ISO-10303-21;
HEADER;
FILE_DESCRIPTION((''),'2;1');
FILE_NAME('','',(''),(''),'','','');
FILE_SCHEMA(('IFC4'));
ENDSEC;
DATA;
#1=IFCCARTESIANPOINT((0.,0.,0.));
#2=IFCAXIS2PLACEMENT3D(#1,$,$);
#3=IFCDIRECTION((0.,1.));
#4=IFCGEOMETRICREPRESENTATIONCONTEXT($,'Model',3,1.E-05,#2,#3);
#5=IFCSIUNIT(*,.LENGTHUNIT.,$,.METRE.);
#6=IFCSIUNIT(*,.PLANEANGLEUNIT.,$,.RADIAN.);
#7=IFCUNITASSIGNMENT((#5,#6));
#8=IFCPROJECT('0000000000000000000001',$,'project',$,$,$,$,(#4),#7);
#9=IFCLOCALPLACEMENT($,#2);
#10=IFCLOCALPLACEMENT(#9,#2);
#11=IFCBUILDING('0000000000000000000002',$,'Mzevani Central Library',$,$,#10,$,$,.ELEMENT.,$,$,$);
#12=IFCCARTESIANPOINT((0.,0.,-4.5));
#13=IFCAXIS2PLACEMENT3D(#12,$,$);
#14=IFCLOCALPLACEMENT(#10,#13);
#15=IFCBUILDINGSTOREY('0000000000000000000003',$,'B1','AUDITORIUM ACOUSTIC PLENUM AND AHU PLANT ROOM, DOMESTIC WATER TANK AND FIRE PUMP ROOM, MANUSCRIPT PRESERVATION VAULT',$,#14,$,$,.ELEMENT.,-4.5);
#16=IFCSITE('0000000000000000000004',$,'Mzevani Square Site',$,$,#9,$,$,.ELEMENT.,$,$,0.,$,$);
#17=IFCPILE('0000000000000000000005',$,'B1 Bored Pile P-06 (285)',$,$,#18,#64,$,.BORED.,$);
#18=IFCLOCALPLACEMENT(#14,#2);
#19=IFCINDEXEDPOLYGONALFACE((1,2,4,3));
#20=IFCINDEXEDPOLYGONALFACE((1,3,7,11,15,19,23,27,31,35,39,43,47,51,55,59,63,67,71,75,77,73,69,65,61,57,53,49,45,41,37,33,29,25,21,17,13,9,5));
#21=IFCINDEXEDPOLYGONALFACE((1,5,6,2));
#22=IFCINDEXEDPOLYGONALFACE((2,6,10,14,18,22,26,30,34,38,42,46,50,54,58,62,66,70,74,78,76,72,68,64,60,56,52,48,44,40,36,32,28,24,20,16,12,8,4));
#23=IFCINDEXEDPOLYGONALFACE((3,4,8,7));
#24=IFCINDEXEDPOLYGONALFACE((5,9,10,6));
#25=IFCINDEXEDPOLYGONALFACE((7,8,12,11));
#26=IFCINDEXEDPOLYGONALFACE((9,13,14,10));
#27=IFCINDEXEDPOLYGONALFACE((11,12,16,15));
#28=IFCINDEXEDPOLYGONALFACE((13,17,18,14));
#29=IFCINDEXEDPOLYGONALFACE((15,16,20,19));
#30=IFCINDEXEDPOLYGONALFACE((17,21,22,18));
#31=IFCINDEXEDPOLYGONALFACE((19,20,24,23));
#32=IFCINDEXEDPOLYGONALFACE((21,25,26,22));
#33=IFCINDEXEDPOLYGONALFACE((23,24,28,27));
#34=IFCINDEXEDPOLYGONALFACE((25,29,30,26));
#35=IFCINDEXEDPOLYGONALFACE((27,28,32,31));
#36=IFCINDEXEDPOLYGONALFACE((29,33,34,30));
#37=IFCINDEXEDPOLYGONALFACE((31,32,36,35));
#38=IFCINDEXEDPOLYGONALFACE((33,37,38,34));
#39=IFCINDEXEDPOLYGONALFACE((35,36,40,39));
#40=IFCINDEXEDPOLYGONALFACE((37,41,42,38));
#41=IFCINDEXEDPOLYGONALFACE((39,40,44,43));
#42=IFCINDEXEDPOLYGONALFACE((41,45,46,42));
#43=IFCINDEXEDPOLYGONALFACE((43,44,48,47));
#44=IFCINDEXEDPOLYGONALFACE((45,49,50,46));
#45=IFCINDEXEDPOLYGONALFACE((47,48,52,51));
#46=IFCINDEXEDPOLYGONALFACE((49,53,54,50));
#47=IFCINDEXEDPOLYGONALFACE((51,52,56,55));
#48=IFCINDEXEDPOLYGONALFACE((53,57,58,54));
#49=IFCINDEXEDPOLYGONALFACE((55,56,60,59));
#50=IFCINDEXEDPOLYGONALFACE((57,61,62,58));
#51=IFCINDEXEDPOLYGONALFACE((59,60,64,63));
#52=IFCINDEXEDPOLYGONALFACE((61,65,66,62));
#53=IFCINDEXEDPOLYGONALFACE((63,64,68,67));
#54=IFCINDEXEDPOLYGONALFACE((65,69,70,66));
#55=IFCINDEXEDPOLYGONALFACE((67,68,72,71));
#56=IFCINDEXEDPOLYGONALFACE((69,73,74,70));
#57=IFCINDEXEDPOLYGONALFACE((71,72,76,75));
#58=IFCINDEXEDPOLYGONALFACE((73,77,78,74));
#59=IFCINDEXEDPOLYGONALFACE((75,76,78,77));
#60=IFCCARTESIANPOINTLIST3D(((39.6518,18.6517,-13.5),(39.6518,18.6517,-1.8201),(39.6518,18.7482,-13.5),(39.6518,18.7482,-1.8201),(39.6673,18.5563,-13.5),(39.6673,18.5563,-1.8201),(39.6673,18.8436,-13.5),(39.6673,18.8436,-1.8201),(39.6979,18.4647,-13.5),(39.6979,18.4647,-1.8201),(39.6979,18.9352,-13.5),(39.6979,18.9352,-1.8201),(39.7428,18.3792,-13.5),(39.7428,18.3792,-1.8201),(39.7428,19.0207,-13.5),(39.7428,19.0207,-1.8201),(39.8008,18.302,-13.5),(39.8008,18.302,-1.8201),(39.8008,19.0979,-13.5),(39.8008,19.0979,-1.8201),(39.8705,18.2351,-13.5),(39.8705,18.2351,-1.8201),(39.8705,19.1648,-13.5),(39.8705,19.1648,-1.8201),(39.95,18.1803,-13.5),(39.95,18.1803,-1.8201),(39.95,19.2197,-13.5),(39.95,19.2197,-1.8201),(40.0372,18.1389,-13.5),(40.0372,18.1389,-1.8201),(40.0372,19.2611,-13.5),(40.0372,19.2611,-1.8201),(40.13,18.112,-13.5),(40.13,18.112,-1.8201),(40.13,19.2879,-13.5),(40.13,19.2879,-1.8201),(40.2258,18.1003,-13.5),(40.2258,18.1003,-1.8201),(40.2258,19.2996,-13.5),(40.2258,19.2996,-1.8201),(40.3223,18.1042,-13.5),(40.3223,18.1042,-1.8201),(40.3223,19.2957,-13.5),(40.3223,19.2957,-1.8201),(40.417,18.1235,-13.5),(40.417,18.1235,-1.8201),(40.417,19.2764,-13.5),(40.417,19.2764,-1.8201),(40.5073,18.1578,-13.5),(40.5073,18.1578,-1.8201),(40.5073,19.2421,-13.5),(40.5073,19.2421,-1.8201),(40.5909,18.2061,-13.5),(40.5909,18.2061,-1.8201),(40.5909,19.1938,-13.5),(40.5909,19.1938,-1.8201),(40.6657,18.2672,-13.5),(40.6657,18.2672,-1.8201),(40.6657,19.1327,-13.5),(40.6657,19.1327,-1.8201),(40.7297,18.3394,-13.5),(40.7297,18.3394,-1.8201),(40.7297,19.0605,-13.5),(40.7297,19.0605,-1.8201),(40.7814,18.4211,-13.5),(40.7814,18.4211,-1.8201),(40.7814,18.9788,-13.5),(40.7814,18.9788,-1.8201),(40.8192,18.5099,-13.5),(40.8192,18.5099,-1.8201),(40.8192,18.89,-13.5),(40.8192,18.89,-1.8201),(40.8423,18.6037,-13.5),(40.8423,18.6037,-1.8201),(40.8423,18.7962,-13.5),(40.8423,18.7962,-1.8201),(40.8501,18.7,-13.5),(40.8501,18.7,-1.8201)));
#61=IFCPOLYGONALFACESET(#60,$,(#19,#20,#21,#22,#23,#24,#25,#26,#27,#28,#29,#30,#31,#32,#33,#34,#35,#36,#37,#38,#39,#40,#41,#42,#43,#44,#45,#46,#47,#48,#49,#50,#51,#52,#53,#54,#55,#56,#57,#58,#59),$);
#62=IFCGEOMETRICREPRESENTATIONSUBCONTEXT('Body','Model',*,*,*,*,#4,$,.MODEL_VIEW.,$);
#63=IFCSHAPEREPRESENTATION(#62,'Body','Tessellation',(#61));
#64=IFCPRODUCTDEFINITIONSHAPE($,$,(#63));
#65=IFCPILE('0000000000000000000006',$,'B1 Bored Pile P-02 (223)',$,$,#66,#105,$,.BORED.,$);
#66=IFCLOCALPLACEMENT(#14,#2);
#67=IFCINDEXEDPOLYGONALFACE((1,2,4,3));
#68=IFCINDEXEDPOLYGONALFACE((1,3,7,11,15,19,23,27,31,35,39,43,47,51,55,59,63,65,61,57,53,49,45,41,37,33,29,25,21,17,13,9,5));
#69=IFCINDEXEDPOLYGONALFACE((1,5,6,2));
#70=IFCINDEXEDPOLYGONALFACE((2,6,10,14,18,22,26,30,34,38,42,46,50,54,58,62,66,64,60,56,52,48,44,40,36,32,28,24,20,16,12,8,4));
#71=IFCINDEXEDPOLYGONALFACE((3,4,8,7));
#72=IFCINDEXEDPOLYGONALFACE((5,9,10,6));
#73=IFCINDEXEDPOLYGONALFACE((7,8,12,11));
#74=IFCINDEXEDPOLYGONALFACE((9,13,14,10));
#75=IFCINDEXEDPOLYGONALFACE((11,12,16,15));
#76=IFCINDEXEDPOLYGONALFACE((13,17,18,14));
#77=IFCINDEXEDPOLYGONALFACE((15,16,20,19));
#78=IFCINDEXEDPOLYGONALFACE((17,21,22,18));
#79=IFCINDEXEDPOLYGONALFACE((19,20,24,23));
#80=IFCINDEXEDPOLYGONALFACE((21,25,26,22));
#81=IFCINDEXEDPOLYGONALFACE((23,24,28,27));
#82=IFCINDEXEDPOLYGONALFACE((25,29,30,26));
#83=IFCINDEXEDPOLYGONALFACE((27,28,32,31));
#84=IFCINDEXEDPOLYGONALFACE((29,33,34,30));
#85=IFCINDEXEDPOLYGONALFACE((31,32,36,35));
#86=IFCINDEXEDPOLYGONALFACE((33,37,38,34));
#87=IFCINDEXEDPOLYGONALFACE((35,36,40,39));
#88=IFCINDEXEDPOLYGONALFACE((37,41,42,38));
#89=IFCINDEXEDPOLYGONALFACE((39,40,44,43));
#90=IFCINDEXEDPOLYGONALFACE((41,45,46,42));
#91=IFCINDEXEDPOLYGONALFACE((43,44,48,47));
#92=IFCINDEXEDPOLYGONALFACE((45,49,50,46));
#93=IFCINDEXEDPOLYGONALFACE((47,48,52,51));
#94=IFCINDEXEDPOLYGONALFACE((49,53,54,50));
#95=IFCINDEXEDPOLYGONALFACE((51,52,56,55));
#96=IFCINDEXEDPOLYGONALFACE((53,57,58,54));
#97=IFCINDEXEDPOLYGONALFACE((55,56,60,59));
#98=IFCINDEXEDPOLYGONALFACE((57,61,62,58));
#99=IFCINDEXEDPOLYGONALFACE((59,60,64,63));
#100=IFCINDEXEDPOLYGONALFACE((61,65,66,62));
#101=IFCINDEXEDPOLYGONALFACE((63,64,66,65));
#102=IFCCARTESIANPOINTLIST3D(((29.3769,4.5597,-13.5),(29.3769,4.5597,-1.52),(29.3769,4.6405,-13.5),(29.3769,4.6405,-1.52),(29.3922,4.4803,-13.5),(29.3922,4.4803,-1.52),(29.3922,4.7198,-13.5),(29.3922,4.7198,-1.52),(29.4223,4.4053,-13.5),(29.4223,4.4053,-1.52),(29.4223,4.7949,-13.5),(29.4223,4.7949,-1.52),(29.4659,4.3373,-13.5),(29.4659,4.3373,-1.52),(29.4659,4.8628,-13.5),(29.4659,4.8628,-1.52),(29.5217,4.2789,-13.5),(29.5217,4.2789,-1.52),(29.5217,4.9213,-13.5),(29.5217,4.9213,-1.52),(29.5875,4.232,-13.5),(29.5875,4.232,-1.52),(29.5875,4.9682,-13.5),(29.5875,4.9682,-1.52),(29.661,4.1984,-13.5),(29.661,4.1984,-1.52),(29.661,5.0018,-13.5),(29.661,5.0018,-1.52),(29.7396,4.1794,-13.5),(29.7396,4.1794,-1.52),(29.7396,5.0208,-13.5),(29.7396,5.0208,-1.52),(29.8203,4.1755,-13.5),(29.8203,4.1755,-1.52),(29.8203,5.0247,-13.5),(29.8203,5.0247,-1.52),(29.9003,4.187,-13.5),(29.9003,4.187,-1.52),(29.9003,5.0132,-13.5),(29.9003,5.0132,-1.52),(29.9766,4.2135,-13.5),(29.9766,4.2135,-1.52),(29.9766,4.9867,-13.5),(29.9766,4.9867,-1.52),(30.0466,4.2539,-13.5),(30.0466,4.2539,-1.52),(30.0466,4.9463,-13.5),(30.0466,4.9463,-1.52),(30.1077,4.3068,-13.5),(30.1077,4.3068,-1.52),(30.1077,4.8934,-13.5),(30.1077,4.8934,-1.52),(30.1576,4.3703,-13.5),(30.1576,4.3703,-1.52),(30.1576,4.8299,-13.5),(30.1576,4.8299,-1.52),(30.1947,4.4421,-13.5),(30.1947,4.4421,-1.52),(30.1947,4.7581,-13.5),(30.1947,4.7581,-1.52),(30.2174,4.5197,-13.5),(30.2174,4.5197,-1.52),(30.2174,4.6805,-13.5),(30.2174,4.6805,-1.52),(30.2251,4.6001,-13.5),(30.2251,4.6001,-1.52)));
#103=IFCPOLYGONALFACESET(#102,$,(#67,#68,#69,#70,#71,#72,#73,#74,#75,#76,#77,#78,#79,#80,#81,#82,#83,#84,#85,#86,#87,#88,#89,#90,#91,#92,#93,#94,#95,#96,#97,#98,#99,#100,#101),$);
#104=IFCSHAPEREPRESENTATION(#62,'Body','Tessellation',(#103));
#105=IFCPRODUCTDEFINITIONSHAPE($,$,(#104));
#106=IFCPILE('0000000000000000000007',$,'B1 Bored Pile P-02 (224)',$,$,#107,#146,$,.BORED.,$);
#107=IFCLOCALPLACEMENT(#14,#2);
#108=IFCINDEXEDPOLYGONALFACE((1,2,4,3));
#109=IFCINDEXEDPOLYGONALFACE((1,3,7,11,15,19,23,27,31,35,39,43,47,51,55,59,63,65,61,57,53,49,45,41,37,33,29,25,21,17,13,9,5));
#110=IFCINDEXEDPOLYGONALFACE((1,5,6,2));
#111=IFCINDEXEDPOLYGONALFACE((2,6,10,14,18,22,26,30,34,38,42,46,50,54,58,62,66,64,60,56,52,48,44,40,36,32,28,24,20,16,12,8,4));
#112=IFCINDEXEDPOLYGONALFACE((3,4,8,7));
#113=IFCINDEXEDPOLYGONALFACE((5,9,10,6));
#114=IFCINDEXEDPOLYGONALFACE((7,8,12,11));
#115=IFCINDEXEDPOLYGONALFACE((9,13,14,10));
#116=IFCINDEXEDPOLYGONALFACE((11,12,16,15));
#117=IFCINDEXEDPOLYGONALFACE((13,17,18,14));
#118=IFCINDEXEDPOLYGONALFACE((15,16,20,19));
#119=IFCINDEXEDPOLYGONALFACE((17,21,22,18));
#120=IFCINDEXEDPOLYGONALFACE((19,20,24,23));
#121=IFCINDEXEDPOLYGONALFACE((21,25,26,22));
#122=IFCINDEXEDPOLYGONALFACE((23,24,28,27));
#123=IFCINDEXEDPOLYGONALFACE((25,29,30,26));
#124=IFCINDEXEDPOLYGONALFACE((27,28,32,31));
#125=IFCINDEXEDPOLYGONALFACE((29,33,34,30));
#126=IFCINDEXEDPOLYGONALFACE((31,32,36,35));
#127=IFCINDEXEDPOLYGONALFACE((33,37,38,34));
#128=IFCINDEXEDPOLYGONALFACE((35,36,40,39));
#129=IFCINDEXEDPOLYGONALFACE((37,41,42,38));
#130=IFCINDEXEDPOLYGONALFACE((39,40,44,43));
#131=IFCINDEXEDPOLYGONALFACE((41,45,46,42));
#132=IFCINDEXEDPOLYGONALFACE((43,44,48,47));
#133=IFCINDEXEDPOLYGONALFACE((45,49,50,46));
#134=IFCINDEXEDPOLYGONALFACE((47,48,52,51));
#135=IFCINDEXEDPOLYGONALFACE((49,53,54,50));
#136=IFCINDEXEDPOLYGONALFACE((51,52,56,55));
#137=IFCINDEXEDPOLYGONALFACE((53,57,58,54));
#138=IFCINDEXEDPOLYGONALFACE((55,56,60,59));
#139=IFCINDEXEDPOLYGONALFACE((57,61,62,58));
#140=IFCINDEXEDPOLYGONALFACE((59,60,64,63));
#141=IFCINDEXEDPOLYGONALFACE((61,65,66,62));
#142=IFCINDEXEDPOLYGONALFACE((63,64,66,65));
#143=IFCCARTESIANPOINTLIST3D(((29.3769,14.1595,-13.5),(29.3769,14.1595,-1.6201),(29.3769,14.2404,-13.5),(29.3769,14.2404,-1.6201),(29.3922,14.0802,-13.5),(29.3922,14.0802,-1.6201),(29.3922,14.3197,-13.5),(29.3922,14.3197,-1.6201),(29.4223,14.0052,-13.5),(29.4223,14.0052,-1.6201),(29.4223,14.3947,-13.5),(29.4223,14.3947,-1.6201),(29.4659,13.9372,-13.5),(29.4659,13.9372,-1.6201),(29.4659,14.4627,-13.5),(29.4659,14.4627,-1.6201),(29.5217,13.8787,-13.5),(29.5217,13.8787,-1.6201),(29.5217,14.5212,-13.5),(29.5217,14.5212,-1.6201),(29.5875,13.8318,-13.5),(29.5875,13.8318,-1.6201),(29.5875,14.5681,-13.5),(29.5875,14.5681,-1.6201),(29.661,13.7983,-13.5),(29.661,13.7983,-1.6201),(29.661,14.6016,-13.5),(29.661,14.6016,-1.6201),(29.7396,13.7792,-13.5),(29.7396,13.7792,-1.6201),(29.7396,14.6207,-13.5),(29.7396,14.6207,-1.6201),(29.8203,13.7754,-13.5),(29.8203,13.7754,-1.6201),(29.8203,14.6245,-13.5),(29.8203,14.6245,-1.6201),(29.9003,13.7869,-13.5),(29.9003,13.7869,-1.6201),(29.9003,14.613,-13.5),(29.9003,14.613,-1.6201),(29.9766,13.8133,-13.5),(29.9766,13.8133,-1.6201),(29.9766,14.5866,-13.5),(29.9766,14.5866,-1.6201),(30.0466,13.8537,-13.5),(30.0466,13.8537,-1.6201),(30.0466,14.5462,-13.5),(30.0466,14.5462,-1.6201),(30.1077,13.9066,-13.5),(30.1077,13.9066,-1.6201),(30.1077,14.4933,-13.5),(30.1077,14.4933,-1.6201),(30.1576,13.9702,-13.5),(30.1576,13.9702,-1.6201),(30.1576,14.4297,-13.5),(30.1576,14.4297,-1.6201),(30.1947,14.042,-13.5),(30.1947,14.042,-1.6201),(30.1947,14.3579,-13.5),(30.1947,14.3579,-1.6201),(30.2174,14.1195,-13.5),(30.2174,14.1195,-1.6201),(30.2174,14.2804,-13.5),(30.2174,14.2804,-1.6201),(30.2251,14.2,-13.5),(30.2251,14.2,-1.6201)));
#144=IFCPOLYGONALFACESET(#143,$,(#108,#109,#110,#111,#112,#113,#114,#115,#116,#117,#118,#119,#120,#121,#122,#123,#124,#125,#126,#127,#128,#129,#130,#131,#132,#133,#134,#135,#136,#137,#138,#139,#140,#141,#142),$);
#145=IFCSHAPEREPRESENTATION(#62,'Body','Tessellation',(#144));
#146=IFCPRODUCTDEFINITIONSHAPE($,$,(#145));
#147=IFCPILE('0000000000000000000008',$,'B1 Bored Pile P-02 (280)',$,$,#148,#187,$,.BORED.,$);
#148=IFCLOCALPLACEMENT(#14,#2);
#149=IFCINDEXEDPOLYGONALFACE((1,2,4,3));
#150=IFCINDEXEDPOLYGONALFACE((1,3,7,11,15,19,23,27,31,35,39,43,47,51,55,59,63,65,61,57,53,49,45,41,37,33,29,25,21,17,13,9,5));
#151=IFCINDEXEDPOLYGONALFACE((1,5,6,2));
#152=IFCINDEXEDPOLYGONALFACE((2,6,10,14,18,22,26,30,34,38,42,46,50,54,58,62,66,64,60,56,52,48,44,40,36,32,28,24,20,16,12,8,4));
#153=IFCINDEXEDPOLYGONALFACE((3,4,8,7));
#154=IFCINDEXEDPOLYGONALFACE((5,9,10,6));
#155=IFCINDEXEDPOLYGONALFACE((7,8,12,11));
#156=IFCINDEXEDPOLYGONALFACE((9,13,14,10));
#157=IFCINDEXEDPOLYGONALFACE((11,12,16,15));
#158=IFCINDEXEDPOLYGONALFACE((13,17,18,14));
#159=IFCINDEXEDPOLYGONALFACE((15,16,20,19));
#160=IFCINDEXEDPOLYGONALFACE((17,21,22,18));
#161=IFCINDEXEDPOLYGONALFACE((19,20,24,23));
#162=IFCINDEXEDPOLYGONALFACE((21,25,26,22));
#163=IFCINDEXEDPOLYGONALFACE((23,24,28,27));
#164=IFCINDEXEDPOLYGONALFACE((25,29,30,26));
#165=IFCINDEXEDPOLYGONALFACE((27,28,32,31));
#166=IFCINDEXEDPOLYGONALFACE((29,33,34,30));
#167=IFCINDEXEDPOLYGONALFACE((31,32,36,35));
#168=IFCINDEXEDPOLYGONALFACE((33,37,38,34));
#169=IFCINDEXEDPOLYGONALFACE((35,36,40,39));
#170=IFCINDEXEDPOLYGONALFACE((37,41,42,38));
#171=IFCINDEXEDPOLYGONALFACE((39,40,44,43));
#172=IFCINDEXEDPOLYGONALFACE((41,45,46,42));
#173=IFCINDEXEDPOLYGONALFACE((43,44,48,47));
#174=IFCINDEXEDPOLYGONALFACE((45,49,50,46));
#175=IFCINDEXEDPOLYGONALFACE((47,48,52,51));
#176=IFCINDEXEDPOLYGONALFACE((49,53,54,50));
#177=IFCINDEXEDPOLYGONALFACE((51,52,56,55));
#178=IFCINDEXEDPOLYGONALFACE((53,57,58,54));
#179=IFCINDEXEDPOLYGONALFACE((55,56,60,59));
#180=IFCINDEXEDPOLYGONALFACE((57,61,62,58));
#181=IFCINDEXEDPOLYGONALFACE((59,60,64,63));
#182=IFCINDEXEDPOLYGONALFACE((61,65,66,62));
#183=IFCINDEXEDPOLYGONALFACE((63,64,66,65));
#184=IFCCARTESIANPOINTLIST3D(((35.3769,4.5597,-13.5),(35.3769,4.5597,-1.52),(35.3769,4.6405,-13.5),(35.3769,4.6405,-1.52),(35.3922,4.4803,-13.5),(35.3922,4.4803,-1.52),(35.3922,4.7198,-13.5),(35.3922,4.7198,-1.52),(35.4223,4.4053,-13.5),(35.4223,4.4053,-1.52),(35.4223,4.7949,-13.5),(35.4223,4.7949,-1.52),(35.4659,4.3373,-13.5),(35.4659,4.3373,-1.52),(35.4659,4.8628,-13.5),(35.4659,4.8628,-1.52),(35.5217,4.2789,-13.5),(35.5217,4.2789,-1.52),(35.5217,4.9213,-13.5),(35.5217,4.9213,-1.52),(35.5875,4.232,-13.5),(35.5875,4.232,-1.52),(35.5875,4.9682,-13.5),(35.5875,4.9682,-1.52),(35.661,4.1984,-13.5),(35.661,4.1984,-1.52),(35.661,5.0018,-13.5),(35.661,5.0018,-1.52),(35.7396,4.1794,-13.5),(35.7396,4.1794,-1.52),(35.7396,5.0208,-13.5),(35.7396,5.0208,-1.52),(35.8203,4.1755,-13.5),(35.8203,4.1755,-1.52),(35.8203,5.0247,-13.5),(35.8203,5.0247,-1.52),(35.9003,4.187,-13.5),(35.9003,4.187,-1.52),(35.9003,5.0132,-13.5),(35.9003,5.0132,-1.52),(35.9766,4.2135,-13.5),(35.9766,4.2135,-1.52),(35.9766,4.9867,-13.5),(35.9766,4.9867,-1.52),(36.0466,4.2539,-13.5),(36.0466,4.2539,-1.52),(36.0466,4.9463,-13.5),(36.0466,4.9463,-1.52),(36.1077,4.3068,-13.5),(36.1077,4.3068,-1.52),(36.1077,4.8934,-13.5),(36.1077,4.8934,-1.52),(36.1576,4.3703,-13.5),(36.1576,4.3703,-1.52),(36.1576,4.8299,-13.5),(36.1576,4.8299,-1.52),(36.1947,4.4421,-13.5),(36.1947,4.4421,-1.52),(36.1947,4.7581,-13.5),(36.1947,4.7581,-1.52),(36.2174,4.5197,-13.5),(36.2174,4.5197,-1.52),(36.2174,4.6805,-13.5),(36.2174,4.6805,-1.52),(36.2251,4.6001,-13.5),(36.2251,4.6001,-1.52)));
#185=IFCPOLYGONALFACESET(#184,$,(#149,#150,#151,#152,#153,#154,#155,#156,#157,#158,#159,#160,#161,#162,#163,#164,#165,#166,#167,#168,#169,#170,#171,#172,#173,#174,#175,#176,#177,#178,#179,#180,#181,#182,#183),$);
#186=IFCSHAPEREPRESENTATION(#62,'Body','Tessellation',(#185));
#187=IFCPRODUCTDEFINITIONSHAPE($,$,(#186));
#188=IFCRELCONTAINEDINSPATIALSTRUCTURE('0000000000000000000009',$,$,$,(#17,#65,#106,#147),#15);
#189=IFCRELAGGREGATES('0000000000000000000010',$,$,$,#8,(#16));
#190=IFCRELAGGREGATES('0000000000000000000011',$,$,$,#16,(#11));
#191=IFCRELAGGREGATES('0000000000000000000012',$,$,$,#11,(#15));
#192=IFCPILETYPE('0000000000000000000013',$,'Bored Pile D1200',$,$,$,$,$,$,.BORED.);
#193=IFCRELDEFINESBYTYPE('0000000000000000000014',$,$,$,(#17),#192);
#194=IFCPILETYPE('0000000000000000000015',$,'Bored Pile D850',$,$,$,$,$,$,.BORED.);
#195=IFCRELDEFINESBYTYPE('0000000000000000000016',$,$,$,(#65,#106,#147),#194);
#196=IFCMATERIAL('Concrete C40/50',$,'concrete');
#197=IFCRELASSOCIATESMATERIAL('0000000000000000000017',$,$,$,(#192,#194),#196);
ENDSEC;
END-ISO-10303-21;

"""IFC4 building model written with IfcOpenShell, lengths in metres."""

from ifc_helpers import new_model, si_unit, direction, frame, origin, origin_2d, place, context, subcontext, project, spatial, circle, extrude, material, material_profile, profile_set, type_object, element, save


model = new_model("IFC4")

# Units and contexts
model_context = context("Model", 3, precision=1e-05, world=origin(), true_north=direction((0.0, 1.0)))
body_context = subcontext(model_context, "Body", "Model", "MODEL_VIEW")
ifc_project = project(units=[si_unit("LENGTHUNIT", "METRE"), si_unit("PLANEANGLEUNIT", "RADIAN")], contexts=[model_context])

# Site, building, storey
site_placement = place(None, origin())
site = spatial("IfcSite", under=ifc_project, at=site_placement, Name="Mzevani Square Site", CompositionType="ELEMENT", RefElevation=0.0)
building_placement = place(site_placement, origin())
building = spatial("IfcBuilding", under=site, at=building_placement, Name="Mzevani Central Library", CompositionType="ELEMENT")
storey_placement = place(building_placement, frame((0.0, 0.0, -4.5)))
storey = spatial("IfcBuildingStorey", under=building, at=storey_placement, Name="B1", Description="AUDITORIUM ACOUSTIC PLENUM AND AHU PLANT ROOM, DOMESTIC WATER TANK AND FIRE PUMP ROOM, MANUSCRIPT PRESERVATION VAULT", CompositionType="ELEMENT", Elevation=-4.5)

# Piles
ifc_material_1 = material(Name="Concrete C40/50", Category="concrete")
ifc_material_profile_1 = material_profile(ifc_material_1, circle(Radius=0.6001, at=origin_2d()), Name="PILE D1200")
ifc_profile_set_1 = profile_set([ifc_material_profile_1], Name="Concrete C40/50")
pile_type_1 = type_object("IfcPileType", Name="Bored Pile D1200", PredefinedType="BORED", material=ifc_profile_set_1)
for number, where, z_axis, x_axis, name in (
    (1, (40.25, 18.7, -1.8201), (0.0, 0.0, -1.0), (1.0, 0.0, 0.0), "B1 Bored Pile P-06 (285)"),
):
    element("IfcPile", number, at=place(storey_placement, frame(where, z_axis=z_axis, x_axis=x_axis)), inside=storey, type_object=pile_type_1, Name=name, PredefinedType="BORED", context=body_context, shape_type="SweptSolid", body=[
        extrude(circle(Radius=0.6001, at=origin_2d()), origin(), (0.0, 0.0, 1.0), 11.6799),
    ])
ifc_material_profile_2 = material_profile(ifc_material_1, circle(Radius=0.425, at=origin_2d()), Name="PILE D850")
ifc_profile_set_2 = profile_set([ifc_material_profile_2], Name="Concrete C40/50")
pile_type_2 = type_object("IfcPileType", Name="Bored Pile D850", PredefinedType="BORED", material=ifc_profile_set_2)
pile_1_placement = place(storey_placement, frame((29.8, 4.6001, -1.52), z_axis=(0.0, 0.0, -1.0), x_axis=(1.0, 0.0, 0.0)))
element("IfcPile", 2, at=pile_1_placement, inside=storey, type_object=pile_type_2, Name="B1 Bored Pile P-02 (223)", PredefinedType="BORED", context=body_context, shape_type="SweptSolid", body=[
    extrude(circle(Radius=0.425, at=origin_2d()), origin(), (0.0, 0.0, 1.0), 11.98),
])
pile_2_placement = place(storey_placement, frame((29.8, 14.2, -1.6201), z_axis=(0.0, 0.0, -1.0), x_axis=(1.0, 0.0, 0.0)))
element("IfcPile", 3, at=pile_2_placement, inside=storey, type_object=pile_type_2, Name="B1 Bored Pile P-02 (224)", PredefinedType="BORED", context=body_context, shape_type="SweptSolid", body=[
    extrude(circle(Radius=0.425, at=origin_2d()), origin(), (0.0, 0.0, 1.0), 11.8799),
])
pile_3_placement = place(storey_placement, frame((35.8, 4.6001, -1.52), z_axis=(0.0, 0.0, -1.0), x_axis=(1.0, 0.0, 0.0)))
element("IfcPile", 4, at=pile_3_placement, inside=storey, type_object=pile_type_2, Name="B1 Bored Pile P-02 (280)", PredefinedType="BORED", context=body_context, shape_type="SweptSolid", body=[
    extrude(circle(Radius=0.425, at=origin_2d()), origin(), (0.0, 0.0, 1.0), 11.98),
])

save(model, "model.ifc")
